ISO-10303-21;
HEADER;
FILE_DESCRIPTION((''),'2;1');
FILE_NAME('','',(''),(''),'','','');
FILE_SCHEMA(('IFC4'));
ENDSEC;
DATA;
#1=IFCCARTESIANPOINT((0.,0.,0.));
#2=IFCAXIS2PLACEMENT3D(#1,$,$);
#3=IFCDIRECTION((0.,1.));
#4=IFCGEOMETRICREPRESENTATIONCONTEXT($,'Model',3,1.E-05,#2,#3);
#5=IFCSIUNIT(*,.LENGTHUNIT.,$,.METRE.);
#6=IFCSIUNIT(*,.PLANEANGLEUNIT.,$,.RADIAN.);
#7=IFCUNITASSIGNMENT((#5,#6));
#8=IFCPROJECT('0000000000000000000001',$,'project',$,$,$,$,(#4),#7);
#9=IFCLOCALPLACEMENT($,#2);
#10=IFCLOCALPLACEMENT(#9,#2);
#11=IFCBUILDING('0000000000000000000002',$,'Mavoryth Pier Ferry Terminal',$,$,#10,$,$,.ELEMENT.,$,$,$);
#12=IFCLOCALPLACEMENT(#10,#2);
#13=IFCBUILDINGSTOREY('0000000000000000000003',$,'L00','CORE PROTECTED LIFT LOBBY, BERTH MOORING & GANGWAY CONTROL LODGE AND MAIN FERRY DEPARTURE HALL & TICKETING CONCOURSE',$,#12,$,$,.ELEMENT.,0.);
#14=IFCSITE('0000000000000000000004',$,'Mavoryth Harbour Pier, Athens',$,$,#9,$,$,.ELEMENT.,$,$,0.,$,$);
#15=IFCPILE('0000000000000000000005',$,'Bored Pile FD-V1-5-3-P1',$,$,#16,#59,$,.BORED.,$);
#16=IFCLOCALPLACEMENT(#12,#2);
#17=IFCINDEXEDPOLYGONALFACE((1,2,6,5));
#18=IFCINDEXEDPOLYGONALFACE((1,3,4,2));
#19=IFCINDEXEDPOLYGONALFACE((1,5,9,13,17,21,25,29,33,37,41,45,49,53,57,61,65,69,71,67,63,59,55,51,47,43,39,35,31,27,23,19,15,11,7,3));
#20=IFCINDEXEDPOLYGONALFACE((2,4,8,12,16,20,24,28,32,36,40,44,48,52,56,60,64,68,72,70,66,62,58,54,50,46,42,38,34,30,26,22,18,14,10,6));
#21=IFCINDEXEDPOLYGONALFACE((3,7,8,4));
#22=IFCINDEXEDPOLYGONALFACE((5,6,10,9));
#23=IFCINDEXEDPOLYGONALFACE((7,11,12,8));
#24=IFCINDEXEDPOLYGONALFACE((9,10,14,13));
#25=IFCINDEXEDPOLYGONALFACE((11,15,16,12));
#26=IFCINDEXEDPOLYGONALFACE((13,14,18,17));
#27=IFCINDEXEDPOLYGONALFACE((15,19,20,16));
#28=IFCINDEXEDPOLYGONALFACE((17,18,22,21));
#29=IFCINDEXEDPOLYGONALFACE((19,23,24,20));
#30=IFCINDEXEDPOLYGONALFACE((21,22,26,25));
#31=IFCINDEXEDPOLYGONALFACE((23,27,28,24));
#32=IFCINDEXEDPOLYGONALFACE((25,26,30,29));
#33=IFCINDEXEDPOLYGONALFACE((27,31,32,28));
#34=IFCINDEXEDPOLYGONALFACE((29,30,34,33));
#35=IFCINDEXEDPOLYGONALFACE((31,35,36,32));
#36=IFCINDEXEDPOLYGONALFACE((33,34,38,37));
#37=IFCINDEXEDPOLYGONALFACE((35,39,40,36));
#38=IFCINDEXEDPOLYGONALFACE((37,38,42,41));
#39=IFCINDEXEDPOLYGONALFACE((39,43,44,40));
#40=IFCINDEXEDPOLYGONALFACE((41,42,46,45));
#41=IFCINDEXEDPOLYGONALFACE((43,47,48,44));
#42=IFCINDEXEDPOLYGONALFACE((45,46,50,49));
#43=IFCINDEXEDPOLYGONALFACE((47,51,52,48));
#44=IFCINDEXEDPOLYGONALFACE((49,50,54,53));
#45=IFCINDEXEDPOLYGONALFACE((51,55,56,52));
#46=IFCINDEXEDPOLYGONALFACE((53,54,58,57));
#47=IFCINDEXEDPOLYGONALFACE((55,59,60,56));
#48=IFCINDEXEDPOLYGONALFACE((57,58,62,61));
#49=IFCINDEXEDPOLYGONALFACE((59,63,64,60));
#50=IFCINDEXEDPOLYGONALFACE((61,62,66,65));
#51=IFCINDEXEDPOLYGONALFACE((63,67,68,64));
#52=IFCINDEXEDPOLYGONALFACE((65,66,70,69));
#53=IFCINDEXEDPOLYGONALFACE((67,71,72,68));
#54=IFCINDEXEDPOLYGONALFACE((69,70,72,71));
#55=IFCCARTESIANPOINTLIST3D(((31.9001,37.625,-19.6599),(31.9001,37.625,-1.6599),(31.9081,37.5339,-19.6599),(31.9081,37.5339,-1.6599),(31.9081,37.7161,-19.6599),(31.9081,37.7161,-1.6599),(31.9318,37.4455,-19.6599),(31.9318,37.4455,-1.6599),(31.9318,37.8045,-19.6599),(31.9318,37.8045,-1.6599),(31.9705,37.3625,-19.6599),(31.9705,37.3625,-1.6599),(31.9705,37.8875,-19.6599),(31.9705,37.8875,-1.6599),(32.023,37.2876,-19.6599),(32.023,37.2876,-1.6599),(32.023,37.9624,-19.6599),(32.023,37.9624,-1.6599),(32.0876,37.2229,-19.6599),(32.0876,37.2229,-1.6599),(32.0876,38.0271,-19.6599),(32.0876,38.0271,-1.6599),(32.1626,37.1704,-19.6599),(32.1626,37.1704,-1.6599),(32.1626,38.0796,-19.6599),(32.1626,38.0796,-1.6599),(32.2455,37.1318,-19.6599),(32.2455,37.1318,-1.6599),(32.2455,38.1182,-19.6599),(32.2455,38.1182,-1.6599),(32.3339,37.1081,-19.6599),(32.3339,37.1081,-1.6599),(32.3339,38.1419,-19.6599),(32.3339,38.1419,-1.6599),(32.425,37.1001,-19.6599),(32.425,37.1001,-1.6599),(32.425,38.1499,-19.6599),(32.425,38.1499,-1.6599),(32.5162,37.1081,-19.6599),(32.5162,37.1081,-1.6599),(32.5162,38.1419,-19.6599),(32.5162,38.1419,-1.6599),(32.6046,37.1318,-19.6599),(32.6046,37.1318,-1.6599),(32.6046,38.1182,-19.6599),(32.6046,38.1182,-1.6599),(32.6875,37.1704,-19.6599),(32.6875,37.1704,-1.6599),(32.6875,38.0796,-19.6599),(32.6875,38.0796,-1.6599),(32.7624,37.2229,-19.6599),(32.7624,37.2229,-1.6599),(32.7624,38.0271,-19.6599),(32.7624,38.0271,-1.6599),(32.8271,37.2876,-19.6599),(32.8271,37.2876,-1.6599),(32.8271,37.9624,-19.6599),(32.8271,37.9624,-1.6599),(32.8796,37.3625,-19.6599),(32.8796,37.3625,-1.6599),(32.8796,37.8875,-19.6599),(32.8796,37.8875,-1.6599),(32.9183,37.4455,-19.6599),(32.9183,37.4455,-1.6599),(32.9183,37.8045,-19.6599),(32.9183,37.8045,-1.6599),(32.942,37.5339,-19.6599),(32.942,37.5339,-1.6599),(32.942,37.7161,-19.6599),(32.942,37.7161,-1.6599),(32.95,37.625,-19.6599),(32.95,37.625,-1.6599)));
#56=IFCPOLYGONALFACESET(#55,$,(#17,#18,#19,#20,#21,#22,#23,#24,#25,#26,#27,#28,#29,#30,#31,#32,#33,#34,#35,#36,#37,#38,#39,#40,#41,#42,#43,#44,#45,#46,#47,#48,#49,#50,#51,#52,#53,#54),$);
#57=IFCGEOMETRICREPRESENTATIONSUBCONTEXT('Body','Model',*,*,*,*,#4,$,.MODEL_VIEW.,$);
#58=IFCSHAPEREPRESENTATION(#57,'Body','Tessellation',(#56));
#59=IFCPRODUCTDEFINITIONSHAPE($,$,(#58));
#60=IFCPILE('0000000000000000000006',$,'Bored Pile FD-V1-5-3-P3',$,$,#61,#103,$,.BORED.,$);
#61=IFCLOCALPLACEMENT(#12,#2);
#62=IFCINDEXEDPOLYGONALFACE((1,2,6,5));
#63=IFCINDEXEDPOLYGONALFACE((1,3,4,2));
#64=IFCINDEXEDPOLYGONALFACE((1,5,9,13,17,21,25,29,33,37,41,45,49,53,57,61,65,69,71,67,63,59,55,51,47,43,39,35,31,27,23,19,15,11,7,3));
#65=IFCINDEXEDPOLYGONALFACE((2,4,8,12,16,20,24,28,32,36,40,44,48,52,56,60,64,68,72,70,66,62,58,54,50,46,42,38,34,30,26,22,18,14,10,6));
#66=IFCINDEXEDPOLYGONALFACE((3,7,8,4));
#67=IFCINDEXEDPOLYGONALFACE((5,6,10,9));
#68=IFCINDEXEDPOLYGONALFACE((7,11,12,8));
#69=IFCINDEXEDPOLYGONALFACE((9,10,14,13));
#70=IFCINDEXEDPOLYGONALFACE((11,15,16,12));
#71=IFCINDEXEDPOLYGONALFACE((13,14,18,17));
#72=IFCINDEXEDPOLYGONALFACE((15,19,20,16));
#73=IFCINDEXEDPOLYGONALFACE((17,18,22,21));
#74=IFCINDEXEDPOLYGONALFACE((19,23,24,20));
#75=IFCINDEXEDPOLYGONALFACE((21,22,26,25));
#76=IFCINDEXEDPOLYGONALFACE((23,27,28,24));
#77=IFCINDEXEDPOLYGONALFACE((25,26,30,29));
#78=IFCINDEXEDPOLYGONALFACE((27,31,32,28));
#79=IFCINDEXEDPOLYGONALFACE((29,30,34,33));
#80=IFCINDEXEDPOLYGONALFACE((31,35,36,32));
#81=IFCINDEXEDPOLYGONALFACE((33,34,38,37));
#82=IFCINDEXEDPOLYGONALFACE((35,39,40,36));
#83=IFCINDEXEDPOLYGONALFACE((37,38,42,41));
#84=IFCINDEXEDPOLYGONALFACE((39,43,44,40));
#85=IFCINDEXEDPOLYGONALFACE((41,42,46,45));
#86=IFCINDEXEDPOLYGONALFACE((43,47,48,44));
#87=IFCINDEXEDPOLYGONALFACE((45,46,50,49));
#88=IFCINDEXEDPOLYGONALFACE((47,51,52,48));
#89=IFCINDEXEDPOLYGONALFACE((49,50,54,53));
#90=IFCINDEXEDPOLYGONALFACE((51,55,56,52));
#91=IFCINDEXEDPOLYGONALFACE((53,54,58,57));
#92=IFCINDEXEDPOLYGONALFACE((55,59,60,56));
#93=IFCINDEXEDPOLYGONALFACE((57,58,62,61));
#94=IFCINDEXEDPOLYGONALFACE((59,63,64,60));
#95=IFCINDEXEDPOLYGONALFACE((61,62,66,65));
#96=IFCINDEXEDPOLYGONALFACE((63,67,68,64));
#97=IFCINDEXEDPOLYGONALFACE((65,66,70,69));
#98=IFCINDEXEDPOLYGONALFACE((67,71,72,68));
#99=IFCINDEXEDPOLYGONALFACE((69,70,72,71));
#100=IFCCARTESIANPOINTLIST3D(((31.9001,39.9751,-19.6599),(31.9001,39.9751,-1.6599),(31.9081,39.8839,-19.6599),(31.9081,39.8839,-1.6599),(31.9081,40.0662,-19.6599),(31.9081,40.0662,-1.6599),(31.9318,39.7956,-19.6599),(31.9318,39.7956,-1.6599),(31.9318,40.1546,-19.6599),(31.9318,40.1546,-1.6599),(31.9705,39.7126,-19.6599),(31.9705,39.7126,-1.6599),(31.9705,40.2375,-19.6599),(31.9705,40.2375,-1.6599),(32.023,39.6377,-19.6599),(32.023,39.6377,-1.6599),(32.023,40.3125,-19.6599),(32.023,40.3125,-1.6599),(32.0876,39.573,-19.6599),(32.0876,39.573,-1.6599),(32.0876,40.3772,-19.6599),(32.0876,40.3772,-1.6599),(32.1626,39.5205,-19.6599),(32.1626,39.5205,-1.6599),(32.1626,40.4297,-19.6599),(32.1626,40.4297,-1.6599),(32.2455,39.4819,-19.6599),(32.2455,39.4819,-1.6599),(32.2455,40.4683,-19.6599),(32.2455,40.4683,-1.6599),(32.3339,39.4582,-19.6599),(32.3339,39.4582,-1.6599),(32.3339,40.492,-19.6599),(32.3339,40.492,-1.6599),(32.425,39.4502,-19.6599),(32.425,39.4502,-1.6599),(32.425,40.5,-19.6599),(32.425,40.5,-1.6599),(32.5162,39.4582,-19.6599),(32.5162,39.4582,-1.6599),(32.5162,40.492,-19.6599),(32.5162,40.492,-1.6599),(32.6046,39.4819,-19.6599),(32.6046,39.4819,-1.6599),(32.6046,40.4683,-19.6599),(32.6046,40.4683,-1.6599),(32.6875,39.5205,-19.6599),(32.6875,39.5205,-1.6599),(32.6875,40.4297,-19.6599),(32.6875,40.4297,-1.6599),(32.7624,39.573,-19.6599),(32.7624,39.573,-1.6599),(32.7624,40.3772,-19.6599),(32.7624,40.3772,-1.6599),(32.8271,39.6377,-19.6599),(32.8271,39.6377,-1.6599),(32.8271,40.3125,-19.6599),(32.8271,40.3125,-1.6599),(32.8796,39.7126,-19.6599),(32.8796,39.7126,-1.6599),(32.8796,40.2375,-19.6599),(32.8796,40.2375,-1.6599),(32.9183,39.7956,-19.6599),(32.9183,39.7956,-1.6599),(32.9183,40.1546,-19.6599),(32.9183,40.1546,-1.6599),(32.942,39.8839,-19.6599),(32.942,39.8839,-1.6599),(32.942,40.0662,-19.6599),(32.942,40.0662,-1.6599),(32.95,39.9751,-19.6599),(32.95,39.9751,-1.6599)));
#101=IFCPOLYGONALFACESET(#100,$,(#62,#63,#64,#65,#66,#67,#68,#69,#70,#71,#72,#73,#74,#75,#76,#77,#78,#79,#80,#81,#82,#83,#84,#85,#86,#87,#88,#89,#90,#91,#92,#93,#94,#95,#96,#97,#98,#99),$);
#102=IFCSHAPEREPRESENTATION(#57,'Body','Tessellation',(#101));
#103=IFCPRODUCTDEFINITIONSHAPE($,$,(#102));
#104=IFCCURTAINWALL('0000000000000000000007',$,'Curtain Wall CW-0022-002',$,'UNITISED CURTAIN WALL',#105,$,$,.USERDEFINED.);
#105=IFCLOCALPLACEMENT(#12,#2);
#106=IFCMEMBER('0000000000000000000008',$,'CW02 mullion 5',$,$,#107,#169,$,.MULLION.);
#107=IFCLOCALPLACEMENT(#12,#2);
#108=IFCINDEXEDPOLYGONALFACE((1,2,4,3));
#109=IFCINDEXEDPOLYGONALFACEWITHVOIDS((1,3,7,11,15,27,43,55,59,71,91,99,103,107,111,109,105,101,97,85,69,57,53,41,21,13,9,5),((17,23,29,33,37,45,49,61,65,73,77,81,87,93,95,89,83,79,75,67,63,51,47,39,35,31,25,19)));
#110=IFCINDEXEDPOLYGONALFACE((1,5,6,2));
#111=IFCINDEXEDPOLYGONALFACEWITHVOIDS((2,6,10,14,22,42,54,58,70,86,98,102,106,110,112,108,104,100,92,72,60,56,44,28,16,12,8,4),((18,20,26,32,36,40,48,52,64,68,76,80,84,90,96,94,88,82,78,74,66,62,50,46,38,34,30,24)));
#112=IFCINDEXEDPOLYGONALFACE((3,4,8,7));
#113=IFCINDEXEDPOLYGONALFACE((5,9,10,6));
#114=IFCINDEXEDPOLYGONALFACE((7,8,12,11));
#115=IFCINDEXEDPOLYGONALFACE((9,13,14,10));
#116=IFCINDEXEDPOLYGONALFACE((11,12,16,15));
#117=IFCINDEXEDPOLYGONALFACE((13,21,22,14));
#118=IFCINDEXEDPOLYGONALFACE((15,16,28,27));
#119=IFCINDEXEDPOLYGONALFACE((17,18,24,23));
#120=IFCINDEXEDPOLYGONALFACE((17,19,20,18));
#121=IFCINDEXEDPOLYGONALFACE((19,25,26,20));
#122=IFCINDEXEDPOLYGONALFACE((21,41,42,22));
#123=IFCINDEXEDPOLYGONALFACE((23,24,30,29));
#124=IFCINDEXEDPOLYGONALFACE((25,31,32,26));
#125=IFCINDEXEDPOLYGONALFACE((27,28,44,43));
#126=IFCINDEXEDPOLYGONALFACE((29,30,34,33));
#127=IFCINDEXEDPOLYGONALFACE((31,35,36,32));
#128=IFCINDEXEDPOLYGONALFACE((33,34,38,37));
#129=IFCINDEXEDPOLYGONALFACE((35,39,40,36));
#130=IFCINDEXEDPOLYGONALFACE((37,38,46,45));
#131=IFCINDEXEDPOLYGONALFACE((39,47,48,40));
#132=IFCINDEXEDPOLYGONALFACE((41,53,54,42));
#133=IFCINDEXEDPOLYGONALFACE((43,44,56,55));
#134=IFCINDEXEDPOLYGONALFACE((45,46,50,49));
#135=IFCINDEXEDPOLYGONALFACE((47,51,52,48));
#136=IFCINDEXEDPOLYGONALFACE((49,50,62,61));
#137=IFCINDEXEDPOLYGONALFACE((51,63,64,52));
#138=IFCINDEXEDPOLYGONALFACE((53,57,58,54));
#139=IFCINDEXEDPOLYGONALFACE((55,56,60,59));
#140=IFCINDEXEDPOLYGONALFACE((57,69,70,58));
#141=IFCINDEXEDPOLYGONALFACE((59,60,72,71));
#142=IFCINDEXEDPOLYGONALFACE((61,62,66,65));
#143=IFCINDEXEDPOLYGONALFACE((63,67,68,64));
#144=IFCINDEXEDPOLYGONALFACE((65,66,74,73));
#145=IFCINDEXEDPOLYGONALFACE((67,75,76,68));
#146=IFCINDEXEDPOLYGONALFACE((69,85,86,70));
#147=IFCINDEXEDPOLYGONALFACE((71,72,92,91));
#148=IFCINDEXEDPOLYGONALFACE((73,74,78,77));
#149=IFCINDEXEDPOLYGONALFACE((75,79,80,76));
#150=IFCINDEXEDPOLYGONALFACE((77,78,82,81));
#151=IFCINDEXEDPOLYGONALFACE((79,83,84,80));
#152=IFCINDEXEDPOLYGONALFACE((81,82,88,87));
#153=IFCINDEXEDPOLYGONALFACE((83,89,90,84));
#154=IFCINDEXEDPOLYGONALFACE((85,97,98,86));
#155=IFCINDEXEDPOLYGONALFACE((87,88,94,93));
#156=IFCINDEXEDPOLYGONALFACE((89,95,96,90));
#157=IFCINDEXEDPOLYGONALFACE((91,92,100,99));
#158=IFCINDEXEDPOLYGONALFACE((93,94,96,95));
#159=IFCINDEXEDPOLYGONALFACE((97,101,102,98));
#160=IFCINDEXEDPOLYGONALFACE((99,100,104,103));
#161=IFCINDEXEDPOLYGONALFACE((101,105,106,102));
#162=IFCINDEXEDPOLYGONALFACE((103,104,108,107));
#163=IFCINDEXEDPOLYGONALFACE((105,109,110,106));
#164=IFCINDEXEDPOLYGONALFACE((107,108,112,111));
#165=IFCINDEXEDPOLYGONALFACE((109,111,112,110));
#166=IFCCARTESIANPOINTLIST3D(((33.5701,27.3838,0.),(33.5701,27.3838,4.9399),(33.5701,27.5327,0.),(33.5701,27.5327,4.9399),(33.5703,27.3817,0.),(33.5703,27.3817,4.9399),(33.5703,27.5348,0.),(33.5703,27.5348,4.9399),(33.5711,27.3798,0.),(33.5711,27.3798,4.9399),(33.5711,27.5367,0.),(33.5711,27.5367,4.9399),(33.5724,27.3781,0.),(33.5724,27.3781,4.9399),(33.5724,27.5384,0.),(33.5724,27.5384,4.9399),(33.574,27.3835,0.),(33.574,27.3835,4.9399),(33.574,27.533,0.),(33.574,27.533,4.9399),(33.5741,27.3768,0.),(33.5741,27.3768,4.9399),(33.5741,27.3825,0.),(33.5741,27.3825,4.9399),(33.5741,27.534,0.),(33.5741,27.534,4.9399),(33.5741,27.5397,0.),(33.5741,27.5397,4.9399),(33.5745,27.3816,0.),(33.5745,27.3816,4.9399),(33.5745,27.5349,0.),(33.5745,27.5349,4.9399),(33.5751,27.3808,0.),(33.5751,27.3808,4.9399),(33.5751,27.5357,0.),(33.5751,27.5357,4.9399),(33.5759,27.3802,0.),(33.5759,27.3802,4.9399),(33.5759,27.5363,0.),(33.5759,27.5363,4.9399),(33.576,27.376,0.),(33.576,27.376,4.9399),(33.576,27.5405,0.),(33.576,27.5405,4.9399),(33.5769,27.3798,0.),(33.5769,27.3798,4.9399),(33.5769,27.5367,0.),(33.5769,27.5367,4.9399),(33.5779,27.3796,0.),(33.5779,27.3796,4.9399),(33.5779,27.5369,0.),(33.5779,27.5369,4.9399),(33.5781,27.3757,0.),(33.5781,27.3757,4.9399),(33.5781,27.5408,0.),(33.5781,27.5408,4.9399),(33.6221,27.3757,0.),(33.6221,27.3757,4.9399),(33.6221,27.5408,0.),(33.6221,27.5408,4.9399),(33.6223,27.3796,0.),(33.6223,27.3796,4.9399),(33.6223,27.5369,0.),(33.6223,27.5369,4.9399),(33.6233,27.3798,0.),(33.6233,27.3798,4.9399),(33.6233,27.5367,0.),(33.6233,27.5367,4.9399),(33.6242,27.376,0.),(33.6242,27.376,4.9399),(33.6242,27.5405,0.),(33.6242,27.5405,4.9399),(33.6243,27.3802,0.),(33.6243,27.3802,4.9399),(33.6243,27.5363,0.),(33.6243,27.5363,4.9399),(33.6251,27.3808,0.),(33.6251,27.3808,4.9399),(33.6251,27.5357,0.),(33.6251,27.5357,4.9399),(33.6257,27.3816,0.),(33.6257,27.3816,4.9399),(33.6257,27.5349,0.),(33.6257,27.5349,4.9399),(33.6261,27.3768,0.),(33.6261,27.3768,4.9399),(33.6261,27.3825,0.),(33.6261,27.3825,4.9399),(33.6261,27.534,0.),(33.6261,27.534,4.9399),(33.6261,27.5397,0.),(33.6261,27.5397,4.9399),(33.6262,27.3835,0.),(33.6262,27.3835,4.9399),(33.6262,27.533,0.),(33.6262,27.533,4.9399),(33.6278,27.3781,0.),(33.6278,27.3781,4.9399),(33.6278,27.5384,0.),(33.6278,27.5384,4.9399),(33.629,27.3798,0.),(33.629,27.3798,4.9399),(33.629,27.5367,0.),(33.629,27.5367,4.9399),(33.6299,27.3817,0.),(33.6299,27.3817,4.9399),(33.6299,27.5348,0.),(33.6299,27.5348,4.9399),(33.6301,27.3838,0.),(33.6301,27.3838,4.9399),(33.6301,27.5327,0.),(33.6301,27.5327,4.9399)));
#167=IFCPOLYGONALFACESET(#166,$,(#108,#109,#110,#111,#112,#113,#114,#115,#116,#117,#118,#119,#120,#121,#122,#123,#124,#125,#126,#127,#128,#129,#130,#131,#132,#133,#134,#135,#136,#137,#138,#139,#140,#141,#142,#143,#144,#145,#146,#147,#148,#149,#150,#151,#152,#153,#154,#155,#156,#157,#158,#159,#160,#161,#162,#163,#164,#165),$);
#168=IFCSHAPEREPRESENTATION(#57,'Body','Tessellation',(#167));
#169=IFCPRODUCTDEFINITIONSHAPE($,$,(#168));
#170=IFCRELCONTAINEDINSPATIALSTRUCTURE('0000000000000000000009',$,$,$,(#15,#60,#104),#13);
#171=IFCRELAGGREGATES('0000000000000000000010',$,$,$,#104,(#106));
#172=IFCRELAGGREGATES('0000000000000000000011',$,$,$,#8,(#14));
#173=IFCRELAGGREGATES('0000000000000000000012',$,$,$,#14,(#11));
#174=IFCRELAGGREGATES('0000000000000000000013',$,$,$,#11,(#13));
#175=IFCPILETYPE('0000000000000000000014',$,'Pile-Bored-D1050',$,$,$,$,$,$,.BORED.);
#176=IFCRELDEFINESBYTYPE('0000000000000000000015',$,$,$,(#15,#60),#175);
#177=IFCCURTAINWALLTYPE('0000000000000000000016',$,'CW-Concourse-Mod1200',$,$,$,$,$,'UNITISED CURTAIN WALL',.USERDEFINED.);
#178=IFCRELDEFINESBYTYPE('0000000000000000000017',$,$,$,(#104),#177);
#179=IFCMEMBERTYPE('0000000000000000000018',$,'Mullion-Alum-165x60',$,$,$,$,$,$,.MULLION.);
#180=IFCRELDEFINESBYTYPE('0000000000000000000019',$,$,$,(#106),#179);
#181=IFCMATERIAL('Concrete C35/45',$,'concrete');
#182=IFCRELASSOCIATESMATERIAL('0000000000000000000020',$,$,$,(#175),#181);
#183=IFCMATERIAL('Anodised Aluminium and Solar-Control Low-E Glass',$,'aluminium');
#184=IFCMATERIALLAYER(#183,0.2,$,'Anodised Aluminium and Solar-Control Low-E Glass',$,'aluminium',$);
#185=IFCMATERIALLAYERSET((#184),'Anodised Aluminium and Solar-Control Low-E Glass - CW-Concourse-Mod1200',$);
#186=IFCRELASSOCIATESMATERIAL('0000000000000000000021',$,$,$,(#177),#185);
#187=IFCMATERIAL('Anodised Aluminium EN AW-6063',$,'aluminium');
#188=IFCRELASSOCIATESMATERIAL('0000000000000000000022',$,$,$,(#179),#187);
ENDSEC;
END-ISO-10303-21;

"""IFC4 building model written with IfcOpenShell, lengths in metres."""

from ifc_helpers import new_model, si_unit, direction, frame, origin, origin_2d, place, context, subcontext, project, spatial, hollow_rectangle, circle, extrude, material, layer, layer_set, material_profile, profile_set, type_object, element, aggregate, save


model = new_model("IFC4")

# Units and contexts
model_context = context("Model", 3, precision=1e-05, world=origin(), true_north=direction((0.0, 1.0)))
body_context = subcontext(model_context, "Body", "Model", "MODEL_VIEW")
ifc_project = project(units=[si_unit("LENGTHUNIT", "METRE"), si_unit("PLANEANGLEUNIT", "RADIAN")], contexts=[model_context])

# Site, building, storey
site_placement = place(None, origin())
site = spatial("IfcSite", under=ifc_project, at=site_placement, Name="Mavoryth Harbour Pier, Athens", CompositionType="ELEMENT", RefElevation=0.0)
building_placement = place(site_placement, origin())
building = spatial("IfcBuilding", under=site, at=building_placement, Name="Mavoryth Pier Ferry Terminal", CompositionType="ELEMENT")
storey_placement = place(building_placement, origin())
storey = spatial("IfcBuildingStorey", under=building, at=storey_placement, Name="L00", Description="CORE PROTECTED LIFT LOBBY, BERTH MOORING & GANGWAY CONTROL LODGE AND MAIN FERRY DEPARTURE HALL & TICKETING CONCOURSE", CompositionType="ELEMENT", Elevation=0.0)

# Piles
ifc_material_1 = material(Name="Concrete C35/45", Category="concrete")
ifc_material_profile_1 = material_profile(ifc_material_1, circle(Radius=0.5249, at=origin_2d()), Name="PILE D1050", Category="concrete")
ifc_profile_set_1 = profile_set([ifc_material_profile_1], Name="Concrete C35/45 - PILE D1050")
pile_type = type_object("IfcPileType", Name="Pile-Bored-D1050", PredefinedType="BORED", material=ifc_profile_set_1)
for number, where, z_axis, x_axis, name in (
    (1, (32.425, 37.625, -1.6599), (0.0, 0.0, -1.0), (1.0, 0.0, 0.0), "Bored Pile FD-V1-5-3-P1"),
    (2, (32.425, 39.9751, -1.6599), (0.0, 0.0, -1.0), (1.0, 0.0, 0.0), "Bored Pile FD-V1-5-3-P3"),
):
    element("IfcPile", number, at=place(storey_placement, frame(where, z_axis=z_axis, x_axis=x_axis)), inside=storey, type_object=pile_type, Name=name, PredefinedType="BORED", context=body_context, shape_type="SweptSolid", body=[
        extrude(circle(Radius=0.5249, at=origin_2d()), origin(), (0.0, 0.0, 1.0), 18.0),
    ])

# Curtain wall, member
ifc_material_2 = material(Name="Anodised Aluminium and Solar-Control Low-E Glass", Category="aluminium")
ifc_layer_1 = layer(ifc_material_2, 0.2, Name="Anodised Aluminium and Solar-Control Low-E Glass", Category="aluminium")
ifc_layer_set_1 = layer_set([ifc_layer_1], Name="Anodised Aluminium and Solar-Control Low-E Glass - CW-Concourse-Mod1200")
curtain_wall_type = type_object("IfcCurtainWallType", Name="CW-Concourse-Mod1200", ElementType="UNITISED CURTAIN WALL", PredefinedType="USERDEFINED", material=ifc_layer_set_1)
curtain_wall_placement = place(storey_placement, origin())
curtain_wall = element("IfcCurtainWall", 3, at=curtain_wall_placement, inside=storey, type_object=curtain_wall_type, Name="Curtain Wall CW-0022-002", ObjectType="UNITISED CURTAIN WALL", PredefinedType="USERDEFINED")
ifc_material_3 = material(Name="Anodised Aluminium EN AW-6063", Category="aluminium")
ifc_material_profile_2 = material_profile(ifc_material_3, hollow_rectangle(XDim=0.0601, YDim=0.165, WallThickness=0.0039, InnerFilletRadius=0.0039, OuterFilletRadius=0.0081, at=origin_2d()), Name="AL-MULL 165x60x4", Category="aluminium")
ifc_profile_set_2 = profile_set([ifc_material_profile_2], Name="Anodised Aluminium EN AW-6063 - AL-MULL 165x60x4")
member_type_1 = type_object("IfcMemberType", Name="Mullion-Alum-165x60", PredefinedType="MULLION", material=ifc_profile_set_2)
member_1_placement = place(storey_placement, frame((33.6001, 27.4583, 0.0), z_axis=(0.0, 0.0, 1.0), x_axis=(-1.0, 0.0, 0.0)))
member_1 = element("IfcMember", 4, at=member_1_placement, type_object=member_type_1, Name="CW02 mullion 5", PredefinedType="MULLION", context=body_context, shape_type="SweptSolid", body=[
    extrude(hollow_rectangle(XDim=0.0601, YDim=0.165, WallThickness=0.0039, InnerFilletRadius=0.0039, OuterFilletRadius=0.0081, at=origin_2d()), origin(), (0.0, 0.0, 1.0), 4.9399),
])
aggregate(curtain_wall, [member_1])

save(model, "model.ifc")
